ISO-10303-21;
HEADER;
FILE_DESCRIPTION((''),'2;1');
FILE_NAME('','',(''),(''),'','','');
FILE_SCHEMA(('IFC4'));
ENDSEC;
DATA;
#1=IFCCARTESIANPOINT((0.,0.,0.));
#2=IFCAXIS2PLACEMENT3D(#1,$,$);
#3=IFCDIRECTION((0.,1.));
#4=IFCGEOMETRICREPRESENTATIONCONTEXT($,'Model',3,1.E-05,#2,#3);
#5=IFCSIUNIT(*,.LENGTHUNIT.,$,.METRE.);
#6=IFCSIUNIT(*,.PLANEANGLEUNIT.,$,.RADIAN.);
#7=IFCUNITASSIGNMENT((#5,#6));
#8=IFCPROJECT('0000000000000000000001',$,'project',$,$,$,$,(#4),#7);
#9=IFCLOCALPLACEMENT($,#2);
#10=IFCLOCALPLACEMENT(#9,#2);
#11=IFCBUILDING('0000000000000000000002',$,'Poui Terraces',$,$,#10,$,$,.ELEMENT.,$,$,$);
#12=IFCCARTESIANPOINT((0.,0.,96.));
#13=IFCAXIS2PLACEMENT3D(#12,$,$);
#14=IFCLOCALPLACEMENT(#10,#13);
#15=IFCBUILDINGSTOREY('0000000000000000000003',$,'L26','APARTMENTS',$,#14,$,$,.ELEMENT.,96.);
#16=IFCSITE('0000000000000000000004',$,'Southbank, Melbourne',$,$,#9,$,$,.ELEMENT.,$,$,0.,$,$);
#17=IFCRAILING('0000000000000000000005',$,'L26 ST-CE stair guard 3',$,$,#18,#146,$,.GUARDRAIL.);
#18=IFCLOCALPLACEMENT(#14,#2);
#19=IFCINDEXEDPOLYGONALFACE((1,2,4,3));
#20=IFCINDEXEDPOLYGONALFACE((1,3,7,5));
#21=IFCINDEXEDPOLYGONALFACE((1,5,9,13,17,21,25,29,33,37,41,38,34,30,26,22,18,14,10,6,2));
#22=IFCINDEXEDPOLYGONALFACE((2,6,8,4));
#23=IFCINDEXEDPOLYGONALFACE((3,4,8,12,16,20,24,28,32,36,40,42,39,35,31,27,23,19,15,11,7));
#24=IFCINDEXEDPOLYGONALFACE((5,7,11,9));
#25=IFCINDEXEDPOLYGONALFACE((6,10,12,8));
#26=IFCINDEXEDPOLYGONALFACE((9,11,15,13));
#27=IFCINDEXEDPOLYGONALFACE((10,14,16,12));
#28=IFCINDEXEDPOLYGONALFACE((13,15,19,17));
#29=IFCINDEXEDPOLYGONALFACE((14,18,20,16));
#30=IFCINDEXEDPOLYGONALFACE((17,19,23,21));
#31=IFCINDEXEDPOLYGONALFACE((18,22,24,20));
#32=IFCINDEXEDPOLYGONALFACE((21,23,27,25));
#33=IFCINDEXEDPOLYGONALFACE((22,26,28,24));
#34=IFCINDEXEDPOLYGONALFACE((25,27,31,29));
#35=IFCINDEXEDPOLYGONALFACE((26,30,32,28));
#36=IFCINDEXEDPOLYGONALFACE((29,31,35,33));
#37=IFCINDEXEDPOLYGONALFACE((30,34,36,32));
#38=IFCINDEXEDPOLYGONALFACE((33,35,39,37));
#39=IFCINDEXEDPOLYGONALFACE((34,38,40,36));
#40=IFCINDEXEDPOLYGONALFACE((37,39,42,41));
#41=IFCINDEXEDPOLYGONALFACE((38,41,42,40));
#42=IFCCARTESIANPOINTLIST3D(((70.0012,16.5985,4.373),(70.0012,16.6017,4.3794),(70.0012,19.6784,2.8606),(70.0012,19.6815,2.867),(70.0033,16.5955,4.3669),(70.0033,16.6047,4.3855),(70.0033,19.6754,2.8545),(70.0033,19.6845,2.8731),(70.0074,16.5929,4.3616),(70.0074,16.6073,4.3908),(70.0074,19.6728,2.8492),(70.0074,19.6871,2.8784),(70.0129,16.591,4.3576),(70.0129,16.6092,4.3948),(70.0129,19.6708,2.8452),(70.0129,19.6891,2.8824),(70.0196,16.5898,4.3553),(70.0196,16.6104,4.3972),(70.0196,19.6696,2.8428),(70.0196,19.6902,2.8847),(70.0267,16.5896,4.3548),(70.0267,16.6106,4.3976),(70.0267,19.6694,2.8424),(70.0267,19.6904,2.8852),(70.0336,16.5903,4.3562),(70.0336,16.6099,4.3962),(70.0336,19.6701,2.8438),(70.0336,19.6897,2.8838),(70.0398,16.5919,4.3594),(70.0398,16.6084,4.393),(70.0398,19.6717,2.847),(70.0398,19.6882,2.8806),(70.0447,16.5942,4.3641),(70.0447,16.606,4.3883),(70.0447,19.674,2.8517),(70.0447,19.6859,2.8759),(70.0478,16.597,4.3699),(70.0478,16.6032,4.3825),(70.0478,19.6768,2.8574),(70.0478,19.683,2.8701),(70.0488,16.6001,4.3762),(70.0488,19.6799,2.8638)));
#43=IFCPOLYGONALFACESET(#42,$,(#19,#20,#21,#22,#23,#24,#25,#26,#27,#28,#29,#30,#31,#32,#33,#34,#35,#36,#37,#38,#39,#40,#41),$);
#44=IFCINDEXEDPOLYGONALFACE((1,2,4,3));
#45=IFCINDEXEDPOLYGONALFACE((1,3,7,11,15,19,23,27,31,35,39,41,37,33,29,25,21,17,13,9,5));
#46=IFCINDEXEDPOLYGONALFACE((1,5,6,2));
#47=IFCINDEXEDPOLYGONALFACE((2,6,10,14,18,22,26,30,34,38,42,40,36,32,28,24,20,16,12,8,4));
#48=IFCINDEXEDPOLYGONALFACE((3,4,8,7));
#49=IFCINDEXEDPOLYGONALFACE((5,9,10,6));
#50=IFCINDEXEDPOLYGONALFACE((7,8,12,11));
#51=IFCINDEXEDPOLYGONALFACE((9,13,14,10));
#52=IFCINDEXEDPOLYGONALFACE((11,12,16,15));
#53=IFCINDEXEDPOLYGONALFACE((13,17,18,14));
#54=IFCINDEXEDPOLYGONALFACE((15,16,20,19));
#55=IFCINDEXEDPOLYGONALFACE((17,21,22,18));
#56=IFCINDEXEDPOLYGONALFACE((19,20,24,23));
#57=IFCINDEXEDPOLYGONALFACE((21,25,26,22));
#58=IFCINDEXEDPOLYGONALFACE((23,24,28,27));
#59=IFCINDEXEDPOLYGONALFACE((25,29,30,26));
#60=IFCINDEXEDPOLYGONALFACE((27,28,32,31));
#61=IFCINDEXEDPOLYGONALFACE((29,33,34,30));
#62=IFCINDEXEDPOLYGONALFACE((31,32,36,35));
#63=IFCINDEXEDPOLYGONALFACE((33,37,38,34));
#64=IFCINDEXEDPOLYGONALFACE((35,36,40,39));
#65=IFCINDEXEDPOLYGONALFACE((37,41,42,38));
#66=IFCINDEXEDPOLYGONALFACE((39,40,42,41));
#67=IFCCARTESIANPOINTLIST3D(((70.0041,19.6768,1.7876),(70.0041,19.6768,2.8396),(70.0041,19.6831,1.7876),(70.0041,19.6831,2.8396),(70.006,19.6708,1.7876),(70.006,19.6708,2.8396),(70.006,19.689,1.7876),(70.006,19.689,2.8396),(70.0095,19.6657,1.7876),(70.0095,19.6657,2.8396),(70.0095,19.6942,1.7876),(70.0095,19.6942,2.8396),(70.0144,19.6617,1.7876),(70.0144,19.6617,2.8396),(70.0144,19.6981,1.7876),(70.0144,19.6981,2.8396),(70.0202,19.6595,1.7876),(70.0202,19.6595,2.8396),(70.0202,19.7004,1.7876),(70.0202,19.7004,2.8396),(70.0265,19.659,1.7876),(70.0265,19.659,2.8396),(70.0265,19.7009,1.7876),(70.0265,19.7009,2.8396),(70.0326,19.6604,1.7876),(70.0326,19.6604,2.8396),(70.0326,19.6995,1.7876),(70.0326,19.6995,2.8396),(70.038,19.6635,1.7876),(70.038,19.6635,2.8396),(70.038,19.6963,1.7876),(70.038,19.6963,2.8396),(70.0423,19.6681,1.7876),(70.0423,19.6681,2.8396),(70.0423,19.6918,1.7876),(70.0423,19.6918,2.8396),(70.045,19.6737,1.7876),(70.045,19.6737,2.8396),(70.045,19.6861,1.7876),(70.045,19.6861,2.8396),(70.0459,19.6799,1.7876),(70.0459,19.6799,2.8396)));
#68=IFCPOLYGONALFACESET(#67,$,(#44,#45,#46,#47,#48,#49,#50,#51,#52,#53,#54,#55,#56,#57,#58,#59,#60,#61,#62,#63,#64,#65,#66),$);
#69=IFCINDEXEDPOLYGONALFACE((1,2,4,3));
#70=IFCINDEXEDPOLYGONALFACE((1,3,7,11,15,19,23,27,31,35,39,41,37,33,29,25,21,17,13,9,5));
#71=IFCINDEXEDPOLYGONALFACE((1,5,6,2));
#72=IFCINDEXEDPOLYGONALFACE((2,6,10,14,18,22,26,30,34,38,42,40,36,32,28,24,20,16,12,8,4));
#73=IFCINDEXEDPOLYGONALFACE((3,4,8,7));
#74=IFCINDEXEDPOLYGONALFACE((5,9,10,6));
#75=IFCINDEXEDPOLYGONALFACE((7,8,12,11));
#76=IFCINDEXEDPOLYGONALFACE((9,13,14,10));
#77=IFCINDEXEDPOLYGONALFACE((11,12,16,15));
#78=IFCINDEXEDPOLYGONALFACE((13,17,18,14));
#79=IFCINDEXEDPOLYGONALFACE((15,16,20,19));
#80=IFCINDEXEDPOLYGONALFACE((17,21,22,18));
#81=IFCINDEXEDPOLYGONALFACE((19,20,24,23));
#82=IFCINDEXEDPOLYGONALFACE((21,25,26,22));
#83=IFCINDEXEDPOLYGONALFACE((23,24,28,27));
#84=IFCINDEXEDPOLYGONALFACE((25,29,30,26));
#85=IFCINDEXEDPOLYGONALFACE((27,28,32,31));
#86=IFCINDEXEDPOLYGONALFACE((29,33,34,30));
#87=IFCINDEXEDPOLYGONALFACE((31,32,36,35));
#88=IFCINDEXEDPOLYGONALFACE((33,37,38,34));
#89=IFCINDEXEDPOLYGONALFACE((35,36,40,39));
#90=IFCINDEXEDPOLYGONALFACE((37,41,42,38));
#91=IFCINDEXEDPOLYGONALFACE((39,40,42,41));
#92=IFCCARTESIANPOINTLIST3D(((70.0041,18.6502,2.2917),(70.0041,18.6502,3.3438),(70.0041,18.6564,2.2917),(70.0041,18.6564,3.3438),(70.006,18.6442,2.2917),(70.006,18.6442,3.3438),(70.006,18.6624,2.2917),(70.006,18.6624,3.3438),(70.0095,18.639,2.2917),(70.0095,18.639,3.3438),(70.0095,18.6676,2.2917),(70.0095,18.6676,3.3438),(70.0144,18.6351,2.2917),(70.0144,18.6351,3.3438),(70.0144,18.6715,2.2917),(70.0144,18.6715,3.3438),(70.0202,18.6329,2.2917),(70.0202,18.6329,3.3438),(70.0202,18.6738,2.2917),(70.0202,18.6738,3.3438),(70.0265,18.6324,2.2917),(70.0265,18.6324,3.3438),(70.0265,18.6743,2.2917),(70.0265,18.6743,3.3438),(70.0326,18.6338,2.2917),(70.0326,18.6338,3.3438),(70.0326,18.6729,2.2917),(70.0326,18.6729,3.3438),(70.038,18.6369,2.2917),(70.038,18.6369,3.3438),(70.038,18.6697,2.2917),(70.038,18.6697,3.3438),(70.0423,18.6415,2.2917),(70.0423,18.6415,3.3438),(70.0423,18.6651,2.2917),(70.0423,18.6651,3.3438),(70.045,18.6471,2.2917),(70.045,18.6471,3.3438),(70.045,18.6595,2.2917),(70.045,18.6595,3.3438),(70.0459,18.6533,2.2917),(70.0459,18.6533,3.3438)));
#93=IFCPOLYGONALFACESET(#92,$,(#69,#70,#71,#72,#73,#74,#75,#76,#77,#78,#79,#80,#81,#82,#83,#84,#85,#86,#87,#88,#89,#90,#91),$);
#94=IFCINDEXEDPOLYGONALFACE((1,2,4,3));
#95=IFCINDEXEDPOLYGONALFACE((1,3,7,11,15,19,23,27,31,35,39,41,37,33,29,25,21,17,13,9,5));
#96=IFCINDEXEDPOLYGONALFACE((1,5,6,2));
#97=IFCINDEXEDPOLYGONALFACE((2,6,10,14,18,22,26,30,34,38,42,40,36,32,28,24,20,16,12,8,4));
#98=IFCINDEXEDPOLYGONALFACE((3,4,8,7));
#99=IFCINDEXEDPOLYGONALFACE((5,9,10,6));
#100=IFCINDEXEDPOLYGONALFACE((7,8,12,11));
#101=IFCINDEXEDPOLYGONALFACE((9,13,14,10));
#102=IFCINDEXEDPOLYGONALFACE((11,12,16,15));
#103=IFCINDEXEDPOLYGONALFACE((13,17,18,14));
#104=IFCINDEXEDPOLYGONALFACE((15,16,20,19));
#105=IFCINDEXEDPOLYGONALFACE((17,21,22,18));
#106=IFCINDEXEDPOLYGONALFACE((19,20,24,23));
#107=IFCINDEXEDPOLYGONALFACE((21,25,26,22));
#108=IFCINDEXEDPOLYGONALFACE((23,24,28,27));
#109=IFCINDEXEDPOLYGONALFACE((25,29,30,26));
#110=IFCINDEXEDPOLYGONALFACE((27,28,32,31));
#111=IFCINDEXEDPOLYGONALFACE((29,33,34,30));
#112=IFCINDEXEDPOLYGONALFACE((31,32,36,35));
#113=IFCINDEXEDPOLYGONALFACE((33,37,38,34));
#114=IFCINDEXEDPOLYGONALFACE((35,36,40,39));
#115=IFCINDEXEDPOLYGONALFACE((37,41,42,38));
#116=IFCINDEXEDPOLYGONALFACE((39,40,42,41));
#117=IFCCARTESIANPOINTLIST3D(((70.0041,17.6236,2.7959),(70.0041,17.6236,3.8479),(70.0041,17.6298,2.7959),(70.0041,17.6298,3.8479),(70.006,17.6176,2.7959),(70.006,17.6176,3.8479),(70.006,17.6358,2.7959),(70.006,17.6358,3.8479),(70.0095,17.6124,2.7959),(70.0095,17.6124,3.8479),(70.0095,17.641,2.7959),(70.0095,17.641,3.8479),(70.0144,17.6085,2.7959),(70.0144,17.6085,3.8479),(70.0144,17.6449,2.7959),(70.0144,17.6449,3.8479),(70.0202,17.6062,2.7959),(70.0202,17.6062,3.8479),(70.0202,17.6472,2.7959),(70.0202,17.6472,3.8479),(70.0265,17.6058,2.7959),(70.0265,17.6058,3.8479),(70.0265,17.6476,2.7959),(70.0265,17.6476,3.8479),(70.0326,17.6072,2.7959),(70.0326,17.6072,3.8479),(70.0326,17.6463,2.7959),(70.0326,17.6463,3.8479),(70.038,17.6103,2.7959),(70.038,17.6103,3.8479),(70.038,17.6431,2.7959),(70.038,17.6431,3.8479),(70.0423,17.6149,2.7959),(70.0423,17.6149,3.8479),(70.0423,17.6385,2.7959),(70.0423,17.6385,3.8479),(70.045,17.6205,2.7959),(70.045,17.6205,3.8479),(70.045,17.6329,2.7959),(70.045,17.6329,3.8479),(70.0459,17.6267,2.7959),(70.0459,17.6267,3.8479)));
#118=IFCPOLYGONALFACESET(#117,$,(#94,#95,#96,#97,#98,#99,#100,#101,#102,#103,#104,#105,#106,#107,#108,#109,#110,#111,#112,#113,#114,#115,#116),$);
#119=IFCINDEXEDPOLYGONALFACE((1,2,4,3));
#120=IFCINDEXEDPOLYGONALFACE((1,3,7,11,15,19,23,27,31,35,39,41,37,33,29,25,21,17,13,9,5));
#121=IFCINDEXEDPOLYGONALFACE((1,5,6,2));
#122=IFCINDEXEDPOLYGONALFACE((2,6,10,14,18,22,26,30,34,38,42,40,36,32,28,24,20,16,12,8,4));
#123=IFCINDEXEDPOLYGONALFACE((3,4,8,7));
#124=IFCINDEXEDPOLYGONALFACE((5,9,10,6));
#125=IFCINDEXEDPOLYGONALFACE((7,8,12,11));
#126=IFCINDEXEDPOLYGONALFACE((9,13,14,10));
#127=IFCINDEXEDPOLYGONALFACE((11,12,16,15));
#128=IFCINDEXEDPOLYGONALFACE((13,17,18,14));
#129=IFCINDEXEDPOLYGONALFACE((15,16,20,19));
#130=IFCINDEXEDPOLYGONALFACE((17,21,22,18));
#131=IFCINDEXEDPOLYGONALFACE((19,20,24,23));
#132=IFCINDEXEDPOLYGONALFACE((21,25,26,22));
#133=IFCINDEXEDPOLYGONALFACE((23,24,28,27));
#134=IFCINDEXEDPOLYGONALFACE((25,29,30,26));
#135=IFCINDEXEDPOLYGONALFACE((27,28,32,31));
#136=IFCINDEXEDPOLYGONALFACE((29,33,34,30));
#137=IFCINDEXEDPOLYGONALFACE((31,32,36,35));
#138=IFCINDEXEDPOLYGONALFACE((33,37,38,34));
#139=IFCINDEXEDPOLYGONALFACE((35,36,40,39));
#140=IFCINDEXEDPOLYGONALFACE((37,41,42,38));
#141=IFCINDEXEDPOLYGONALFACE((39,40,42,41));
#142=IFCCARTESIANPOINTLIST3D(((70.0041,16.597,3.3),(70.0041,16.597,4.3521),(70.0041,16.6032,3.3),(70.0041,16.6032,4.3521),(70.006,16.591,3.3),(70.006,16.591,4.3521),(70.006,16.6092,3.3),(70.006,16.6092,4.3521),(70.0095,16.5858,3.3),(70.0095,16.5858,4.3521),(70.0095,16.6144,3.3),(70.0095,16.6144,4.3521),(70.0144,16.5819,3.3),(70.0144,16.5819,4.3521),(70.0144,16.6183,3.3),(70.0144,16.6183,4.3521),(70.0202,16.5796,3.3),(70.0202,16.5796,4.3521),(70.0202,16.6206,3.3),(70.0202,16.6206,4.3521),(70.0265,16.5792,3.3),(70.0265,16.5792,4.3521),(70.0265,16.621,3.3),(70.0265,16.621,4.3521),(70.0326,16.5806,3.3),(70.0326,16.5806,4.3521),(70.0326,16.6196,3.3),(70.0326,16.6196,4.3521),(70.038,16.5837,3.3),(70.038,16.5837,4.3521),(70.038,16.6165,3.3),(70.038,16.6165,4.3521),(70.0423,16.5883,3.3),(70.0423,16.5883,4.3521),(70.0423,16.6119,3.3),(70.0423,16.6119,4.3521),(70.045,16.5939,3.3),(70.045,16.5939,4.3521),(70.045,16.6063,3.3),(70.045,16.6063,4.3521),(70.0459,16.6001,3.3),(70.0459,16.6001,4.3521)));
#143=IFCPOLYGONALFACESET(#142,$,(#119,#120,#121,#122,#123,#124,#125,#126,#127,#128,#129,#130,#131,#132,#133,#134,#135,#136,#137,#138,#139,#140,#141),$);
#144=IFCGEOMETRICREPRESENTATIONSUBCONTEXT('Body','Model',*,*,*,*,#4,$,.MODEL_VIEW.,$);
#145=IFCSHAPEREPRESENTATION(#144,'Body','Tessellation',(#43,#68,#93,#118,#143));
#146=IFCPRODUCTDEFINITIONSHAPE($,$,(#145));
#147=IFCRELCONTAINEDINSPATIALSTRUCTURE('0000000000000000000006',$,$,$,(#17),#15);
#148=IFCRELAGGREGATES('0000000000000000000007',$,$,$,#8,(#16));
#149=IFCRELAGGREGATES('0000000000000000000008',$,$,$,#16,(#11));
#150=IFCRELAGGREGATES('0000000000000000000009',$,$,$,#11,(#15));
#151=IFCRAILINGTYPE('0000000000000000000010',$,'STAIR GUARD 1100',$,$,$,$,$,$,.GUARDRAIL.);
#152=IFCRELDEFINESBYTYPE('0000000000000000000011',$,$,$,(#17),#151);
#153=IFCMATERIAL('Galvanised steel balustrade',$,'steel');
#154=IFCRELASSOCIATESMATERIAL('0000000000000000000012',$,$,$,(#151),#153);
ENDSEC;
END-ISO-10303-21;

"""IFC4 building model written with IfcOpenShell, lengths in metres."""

from ifc_helpers import new_model, si_unit, direction, frame, origin, origin_2d, place, context, subcontext, project, spatial, circle, extrude, material, type_object, element, save


model = new_model("IFC4")

# Units and contexts
model_context = context("Model", 3, precision=1e-05, world=origin(), true_north=direction((0.0, 1.0)))
body_context = subcontext(model_context, "Body", "Model", "MODEL_VIEW")
ifc_project = project(units=[si_unit("LENGTHUNIT", "METRE"), si_unit("PLANEANGLEUNIT", "RADIAN")], contexts=[model_context])

# Site, building, storey
site_placement = place(None, origin())
site = spatial("IfcSite", under=ifc_project, at=site_placement, Name="Southbank, Melbourne", CompositionType="ELEMENT", RefElevation=0.0)
building_placement = place(site_placement, origin())
building = spatial("IfcBuilding", under=site, at=building_placement, Name="Poui Terraces", CompositionType="ELEMENT")
storey_placement = place(building_placement, frame((0.0, 0.0, 96.0)))
storey = spatial("IfcBuildingStorey", under=building, at=storey_placement, Name="L26", Description="APARTMENTS", CompositionType="ELEMENT", Elevation=96.0)

# Railing
ifc_material_1 = material(Name="Galvanised steel balustrade", Category="steel")
railing_type_1 = type_object("IfcRailingType", Name="STAIR GUARD 1100", PredefinedType="GUARDRAIL", material=ifc_material_1)
railing_1_placement = place(storey_placement, frame((70.0249, 19.6799, 1.7876)))
element("IfcRailing", 1, at=railing_1_placement, inside=storey, type_object=railing_type_1, Name="L26 ST-CE stair guard 3", PredefinedType="GUARDRAIL", context=body_context, shape_type="SweptSolid", body=[
    extrude(circle(Radius=0.0239, at=origin_2d()), frame((0.0, 0.0, 1.0762), z_axis=(0.0, -0.897606, 0.440798), x_axis=(1.0, 0.0, 0.0)), (0.0, 0.0, 1.0), 3.4312),
    extrude(circle(Radius=0.021, at=origin_2d()), origin(), (0.0, 0.0, 1.0), 1.052),
    extrude(circle(Radius=0.021, at=origin_2d()), frame((0.0, -1.0266, 0.5042)), (0.0, 0.0, 1.0), 1.052),
    extrude(circle(Radius=0.021, at=origin_2d()), frame((0.0, -2.0532, 1.0083)), (0.0, 0.0, 1.0), 1.052),
    extrude(circle(Radius=0.021, at=origin_2d()), frame((0.0, -3.0798, 1.5125)), (0.0, 0.0, 1.0), 1.052),
])

save(model, "model.ifc")
